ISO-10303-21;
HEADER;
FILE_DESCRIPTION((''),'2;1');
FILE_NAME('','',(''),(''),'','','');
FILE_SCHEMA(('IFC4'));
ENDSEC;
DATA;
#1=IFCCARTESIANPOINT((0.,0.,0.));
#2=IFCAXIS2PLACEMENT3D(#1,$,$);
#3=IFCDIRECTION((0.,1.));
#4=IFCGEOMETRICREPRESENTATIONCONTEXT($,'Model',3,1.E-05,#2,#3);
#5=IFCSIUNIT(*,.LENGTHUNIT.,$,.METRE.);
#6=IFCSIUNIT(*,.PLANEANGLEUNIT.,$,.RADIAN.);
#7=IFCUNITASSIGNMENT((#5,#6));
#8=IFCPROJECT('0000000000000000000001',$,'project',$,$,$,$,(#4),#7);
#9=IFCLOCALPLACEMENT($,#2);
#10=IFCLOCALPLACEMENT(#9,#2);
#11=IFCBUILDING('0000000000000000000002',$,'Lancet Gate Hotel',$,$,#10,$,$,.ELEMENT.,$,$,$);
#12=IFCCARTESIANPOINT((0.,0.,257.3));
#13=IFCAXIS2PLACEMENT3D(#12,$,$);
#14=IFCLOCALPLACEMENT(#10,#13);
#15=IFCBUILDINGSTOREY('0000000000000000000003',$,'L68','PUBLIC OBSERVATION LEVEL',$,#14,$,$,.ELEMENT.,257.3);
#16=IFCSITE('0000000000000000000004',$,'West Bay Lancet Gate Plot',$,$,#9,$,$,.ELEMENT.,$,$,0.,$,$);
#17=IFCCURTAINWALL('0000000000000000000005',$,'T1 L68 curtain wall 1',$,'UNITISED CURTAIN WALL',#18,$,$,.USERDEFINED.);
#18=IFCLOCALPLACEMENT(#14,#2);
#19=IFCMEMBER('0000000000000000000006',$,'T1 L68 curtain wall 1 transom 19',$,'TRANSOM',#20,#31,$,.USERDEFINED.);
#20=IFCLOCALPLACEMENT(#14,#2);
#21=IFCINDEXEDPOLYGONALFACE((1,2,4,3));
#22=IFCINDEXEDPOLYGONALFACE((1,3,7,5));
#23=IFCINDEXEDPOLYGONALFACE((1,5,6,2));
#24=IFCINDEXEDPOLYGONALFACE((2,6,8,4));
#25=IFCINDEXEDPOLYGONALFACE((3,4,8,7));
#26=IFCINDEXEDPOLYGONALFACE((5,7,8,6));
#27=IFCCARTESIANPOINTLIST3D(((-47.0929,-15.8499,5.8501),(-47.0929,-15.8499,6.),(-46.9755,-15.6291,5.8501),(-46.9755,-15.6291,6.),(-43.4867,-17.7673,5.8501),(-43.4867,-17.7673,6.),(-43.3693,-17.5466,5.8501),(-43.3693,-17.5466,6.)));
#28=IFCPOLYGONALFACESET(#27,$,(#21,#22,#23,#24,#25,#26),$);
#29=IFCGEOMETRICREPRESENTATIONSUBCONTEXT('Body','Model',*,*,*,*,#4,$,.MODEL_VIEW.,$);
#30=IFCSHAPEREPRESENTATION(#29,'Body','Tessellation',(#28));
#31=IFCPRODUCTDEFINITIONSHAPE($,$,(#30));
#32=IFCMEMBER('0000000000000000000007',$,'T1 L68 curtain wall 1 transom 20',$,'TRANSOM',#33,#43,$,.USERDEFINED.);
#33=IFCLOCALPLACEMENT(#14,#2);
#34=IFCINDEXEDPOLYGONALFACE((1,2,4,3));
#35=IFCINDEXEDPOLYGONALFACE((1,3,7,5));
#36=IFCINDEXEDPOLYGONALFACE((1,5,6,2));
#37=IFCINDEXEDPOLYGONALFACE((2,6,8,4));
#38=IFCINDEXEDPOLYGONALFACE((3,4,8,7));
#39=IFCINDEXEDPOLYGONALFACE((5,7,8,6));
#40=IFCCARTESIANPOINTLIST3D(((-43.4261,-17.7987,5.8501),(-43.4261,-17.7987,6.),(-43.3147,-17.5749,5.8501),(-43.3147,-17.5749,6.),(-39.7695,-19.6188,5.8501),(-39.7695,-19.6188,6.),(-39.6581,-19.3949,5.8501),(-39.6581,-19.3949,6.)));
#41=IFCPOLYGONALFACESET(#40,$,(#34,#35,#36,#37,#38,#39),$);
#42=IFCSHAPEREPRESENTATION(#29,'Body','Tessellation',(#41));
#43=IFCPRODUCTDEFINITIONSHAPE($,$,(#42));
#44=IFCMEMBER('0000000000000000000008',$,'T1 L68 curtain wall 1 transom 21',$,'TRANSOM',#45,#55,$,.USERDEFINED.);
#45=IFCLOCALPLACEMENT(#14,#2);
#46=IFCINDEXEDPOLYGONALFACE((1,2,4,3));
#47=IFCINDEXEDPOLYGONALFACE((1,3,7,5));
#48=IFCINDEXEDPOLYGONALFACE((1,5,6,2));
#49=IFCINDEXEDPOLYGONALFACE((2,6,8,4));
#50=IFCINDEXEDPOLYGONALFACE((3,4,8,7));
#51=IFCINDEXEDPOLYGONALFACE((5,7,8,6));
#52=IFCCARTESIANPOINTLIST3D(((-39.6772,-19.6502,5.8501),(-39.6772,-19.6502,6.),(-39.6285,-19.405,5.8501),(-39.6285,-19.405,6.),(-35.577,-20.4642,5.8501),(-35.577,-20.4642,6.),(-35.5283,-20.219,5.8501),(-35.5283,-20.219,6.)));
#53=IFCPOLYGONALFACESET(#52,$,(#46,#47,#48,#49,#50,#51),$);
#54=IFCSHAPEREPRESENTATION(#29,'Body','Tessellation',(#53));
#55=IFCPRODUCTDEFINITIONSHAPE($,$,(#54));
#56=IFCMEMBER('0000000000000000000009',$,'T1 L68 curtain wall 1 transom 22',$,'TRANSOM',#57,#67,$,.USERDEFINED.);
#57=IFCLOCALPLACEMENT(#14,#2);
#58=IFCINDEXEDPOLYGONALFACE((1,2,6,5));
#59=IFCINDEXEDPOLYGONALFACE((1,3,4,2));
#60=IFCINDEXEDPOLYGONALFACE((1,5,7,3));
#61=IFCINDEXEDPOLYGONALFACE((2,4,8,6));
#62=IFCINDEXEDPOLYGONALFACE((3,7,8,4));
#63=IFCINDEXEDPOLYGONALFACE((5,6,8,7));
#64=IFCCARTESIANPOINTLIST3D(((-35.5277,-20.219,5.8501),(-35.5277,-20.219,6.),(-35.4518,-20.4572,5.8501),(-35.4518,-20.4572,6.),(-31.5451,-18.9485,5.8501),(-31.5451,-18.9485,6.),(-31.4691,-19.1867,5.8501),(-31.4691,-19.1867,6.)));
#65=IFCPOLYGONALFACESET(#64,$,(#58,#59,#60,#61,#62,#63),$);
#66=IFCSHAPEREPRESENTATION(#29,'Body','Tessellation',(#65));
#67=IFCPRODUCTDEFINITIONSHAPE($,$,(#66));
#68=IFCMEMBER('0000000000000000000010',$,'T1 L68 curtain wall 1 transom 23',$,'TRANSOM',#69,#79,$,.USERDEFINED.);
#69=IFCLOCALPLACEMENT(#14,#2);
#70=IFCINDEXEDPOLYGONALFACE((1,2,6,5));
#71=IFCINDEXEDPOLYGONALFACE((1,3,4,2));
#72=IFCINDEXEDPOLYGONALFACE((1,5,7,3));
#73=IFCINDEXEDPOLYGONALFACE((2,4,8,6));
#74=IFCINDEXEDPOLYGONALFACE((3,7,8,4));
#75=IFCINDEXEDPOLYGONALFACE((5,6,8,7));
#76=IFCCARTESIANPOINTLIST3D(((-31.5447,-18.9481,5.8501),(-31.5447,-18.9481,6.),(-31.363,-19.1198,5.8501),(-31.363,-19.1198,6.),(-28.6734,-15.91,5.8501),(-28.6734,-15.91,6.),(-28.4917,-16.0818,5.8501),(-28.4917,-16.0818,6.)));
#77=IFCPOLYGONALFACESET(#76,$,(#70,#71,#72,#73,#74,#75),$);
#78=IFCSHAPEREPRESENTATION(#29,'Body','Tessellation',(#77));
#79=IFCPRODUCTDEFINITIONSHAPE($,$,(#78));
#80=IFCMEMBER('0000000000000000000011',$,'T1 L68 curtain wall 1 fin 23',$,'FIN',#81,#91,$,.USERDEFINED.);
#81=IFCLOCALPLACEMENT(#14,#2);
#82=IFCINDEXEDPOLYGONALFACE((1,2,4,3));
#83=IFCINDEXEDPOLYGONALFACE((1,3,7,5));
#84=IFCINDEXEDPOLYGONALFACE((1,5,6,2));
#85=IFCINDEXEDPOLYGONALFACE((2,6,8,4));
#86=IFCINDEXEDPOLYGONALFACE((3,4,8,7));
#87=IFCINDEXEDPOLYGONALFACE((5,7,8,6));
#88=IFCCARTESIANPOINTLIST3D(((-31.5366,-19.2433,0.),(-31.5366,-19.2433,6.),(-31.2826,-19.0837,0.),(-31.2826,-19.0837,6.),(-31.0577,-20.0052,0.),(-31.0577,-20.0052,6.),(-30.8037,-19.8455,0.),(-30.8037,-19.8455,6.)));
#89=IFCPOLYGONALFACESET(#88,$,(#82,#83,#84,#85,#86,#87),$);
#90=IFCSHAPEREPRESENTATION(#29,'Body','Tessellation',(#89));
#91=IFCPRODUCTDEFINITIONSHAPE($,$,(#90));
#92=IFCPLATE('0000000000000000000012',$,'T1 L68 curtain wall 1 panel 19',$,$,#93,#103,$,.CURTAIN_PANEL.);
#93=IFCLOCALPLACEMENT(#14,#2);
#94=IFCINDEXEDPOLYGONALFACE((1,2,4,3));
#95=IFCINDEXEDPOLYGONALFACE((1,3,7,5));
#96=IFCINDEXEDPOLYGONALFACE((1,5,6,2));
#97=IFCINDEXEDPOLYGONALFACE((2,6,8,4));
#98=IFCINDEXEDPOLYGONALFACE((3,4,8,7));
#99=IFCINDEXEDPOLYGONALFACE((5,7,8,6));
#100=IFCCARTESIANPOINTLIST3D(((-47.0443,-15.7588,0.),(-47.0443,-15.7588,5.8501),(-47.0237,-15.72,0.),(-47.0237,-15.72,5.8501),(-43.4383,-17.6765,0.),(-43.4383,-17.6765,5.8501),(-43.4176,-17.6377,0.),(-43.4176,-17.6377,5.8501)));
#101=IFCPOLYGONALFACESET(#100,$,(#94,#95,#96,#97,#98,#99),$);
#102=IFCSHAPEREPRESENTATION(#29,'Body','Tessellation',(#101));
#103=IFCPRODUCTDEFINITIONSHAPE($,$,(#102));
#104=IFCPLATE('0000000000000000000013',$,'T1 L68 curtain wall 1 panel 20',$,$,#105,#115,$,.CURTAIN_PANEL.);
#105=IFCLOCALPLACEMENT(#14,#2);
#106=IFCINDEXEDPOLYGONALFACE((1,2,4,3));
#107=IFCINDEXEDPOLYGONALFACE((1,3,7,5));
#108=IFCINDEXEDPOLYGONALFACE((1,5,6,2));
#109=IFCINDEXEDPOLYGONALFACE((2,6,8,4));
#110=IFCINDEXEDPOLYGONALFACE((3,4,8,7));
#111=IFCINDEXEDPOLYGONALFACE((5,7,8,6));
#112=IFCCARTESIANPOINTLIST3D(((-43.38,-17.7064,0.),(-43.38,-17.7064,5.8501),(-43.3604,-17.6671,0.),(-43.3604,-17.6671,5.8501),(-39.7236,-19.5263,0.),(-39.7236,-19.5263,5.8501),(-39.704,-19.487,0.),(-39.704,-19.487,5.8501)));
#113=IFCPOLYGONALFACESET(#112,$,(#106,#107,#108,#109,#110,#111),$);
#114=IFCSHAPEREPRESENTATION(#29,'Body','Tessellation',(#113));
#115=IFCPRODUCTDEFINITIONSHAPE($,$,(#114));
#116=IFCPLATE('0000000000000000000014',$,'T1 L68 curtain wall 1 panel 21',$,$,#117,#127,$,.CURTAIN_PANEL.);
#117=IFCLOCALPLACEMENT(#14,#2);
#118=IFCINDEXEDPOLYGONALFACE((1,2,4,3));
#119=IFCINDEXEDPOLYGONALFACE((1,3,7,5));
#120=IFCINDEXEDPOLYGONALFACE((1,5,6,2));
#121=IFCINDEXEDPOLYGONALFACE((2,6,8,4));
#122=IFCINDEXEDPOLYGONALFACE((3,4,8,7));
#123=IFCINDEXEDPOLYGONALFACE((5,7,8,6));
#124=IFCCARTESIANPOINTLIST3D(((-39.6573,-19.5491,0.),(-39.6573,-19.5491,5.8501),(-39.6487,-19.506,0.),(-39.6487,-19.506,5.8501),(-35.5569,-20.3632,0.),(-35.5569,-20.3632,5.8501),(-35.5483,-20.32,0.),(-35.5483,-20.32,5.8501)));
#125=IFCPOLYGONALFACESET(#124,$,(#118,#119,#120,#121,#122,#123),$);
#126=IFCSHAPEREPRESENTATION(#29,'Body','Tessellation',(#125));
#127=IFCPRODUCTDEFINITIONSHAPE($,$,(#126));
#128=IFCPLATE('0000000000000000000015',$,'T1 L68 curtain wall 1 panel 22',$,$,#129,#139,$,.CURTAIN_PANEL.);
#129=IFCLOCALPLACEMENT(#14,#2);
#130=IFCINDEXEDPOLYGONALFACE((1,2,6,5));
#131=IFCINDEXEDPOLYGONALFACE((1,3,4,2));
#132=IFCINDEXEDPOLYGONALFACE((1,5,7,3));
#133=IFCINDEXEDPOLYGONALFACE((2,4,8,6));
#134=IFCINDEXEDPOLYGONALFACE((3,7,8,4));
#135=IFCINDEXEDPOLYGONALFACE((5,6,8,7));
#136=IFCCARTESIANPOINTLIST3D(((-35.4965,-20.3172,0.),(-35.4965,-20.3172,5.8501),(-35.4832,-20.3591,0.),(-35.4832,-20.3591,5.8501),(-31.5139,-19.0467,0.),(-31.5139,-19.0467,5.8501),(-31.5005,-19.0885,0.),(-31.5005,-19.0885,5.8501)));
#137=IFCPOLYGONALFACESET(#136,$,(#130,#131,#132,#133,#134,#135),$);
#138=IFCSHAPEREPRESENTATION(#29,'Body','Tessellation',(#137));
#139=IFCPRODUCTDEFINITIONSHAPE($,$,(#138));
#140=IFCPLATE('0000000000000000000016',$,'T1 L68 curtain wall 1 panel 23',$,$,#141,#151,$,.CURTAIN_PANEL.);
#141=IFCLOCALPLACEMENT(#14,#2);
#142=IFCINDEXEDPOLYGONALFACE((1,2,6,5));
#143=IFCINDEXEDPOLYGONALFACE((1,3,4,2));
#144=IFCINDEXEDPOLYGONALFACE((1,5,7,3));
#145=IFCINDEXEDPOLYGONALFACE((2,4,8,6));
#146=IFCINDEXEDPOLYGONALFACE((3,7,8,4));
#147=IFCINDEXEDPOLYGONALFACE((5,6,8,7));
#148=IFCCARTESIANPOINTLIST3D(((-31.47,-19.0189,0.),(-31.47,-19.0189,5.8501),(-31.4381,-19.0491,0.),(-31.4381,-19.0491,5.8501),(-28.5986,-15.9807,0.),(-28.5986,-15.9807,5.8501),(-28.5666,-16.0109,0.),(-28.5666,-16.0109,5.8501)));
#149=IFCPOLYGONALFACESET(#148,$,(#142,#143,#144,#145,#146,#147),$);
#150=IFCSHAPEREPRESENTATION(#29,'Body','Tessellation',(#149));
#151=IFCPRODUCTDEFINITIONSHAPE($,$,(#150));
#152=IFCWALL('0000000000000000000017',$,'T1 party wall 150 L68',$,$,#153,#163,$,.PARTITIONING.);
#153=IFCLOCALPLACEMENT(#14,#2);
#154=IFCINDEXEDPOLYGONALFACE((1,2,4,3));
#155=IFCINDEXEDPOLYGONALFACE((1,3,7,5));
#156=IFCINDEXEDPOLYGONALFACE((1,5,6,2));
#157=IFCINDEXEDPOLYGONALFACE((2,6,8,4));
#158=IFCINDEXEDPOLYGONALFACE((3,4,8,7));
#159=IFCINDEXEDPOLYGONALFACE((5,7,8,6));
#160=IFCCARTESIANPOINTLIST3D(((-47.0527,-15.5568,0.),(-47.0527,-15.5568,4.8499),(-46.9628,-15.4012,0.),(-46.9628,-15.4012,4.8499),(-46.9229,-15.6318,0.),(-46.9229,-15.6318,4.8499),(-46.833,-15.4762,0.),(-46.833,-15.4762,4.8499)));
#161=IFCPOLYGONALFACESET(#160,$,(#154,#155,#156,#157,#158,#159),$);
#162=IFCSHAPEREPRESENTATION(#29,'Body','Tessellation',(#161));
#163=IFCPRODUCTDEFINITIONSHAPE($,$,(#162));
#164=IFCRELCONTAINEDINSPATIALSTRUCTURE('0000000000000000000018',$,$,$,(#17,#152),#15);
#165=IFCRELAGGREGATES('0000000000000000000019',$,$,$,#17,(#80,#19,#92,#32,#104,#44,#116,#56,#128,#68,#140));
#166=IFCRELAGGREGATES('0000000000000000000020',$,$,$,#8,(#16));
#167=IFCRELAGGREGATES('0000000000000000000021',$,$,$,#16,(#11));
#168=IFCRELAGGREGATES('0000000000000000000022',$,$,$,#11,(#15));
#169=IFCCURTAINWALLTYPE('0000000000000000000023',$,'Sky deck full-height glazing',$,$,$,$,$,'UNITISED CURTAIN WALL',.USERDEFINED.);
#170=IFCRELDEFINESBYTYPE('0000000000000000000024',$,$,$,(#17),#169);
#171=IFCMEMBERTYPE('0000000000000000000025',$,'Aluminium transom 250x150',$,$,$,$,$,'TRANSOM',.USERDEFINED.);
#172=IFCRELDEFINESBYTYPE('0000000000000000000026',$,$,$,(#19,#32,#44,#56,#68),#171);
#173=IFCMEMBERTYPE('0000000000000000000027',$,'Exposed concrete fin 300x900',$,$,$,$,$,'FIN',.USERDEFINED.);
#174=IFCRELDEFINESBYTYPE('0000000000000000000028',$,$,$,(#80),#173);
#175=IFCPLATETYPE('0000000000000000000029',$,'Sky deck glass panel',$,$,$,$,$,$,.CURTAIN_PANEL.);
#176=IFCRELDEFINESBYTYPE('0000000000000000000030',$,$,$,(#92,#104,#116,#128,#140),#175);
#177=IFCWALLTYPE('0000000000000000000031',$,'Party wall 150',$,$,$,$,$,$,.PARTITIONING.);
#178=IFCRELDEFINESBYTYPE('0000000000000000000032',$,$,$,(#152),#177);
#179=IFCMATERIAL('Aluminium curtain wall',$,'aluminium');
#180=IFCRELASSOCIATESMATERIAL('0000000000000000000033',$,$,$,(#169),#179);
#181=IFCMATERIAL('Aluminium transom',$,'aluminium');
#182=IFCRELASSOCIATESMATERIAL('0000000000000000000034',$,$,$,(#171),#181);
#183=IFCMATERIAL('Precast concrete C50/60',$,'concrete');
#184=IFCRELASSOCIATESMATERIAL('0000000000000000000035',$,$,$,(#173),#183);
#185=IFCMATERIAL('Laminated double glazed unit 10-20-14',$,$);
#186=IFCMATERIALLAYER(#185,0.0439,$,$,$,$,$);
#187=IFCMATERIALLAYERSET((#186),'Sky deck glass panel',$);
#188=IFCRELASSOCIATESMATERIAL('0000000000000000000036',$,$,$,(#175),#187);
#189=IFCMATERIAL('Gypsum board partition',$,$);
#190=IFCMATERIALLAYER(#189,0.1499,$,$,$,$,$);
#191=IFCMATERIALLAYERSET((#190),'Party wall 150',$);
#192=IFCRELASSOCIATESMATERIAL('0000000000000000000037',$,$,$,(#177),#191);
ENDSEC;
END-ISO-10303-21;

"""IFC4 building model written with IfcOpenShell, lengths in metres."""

from ifc_helpers import new_model, si_unit, direction, frame, frame_2d, origin, origin_2d, place, context, subcontext, project, spatial, rectangle, extrude, material, layer, layer_set, material_profile, profile_set, type_object, element, aggregate, save


model = new_model("IFC4")

# Units and contexts
model_context = context("Model", 3, precision=1e-05, world=origin(), true_north=direction((0.0, 1.0)))
body_context = subcontext(model_context, "Body", "Model", "MODEL_VIEW")
ifc_project = project(units=[si_unit("LENGTHUNIT", "METRE"), si_unit("PLANEANGLEUNIT", "RADIAN")], contexts=[model_context])

# Site, building, storey
site_placement = place(None, origin())
site = spatial("IfcSite", under=ifc_project, at=site_placement, Name="West Bay Lancet Gate Plot", CompositionType="ELEMENT", RefElevation=0.0)
building_placement = place(site_placement, origin())
building = spatial("IfcBuilding", under=site, at=building_placement, Name="Lancet Gate Hotel", CompositionType="ELEMENT")
storey_placement = place(building_placement, frame((0.0, 0.0, 257.3)))
storey = spatial("IfcBuildingStorey", under=building, at=storey_placement, Name="L68", Description="PUBLIC OBSERVATION LEVEL", CompositionType="ELEMENT", Elevation=257.3)

# Curtain wall, members, plates
ifc_material_1 = material(Name="Aluminium curtain wall", Category="aluminium")
curtain_wall_type = type_object("IfcCurtainWallType", Name="Sky deck full-height glazing", ElementType="UNITISED CURTAIN WALL", PredefinedType="USERDEFINED", material=ifc_material_1)
curtain_wall_placement = place(storey_placement, origin())
curtain_wall = element("IfcCurtainWall", 1, at=curtain_wall_placement, inside=storey, type_object=curtain_wall_type, Name="T1 L68 curtain wall 1", ObjectType="UNITISED CURTAIN WALL", PredefinedType="USERDEFINED")
ifc_material_2 = material(Name="Aluminium transom", Category="aluminium")
ifc_material_profile_1 = material_profile(ifc_material_2, rectangle(XDim=0.25, YDim=0.1499, at=origin_2d()), Name="TRANSOM 250x150")
ifc_profile_set_1 = profile_set([ifc_material_profile_1], Name="Aluminium transom")
member_type_1 = type_object("IfcMemberType", Name="Aluminium transom 250x150", ElementType="TRANSOM", PredefinedType="USERDEFINED", material=ifc_profile_set_1)
member_1_placement = place(storey_placement, frame((-47.0342, -15.7395, 5.925), z_axis=(0.882945, -0.469477, 0.0), x_axis=(0.469477, 0.882945, 0.0)))
member_1 = element("IfcMember", 2, at=member_1_placement, type_object=member_type_1, Name="T1 L68 curtain wall 1 transom 19", ObjectType="TRANSOM", PredefinedType="USERDEFINED", context=body_context, shape_type="SweptSolid", body=[
    extrude(rectangle(XDim=0.25, YDim=0.1499, at=origin_2d()), origin(), (0.0, 0.0, 1.0), 4.0842),
])
member_2_placement = place(storey_placement, frame((-43.3704, -17.6868, 5.925), z_axis=(0.895227, -0.445611, 0.0), x_axis=(0.445611, 0.895227, 0.0)))
member_2 = element("IfcMember", 3, at=member_2_placement, type_object=member_type_1, Name="T1 L68 curtain wall 1 transom 20", ObjectType="TRANSOM", PredefinedType="USERDEFINED", context=body_context, shape_type="SweptSolid", body=[
    extrude(rectangle(XDim=0.25, YDim=0.1499, at=origin_2d()), origin(), (0.0, 0.0, 1.0), 4.0845),
])
member_3_placement = place(storey_placement, frame((-39.6528, -19.5276, 5.925), z_axis=(0.980858, -0.194723, 0.0), x_axis=(0.194723, 0.980858, 0.0)))
member_3 = element("IfcMember", 4, at=member_3_placement, type_object=member_type_1, Name="T1 L68 curtain wall 1 transom 21", ObjectType="TRANSOM", PredefinedType="USERDEFINED", context=body_context, shape_type="SweptSolid", body=[
    extrude(rectangle(XDim=0.25, YDim=0.1499, at=origin_2d()), origin(), (0.0, 0.0, 1.0), 4.1802),
])
member_4_placement = place(storey_placement, frame((-35.4897, -20.3381, 5.925), z_axis=(0.952698, 0.30392, 0.0), x_axis=(-0.30392, 0.952698, 0.0)))
member_4 = element("IfcMember", 5, at=member_4_placement, type_object=member_type_1, Name="T1 L68 curtain wall 1 transom 22", ObjectType="TRANSOM", PredefinedType="USERDEFINED", context=body_context, shape_type="SweptSolid", body=[
    extrude(rectangle(XDim=0.25, YDim=0.1499, at=origin_2d()), origin(), (0.0, 0.0, 1.0), 4.1804),
])
member_5_placement = place(storey_placement, frame((-31.4539, -19.0339, 5.925), z_axis=(0.686881, 0.72677, 0.0), x_axis=(-0.72677, 0.686881, 0.0)))
member_5 = element("IfcMember", 6, at=member_5_placement, type_object=member_type_1, Name="T1 L68 curtain wall 1 transom 23", ObjectType="TRANSOM", PredefinedType="USERDEFINED", context=body_context, shape_type="SweptSolid", body=[
    extrude(rectangle(XDim=0.25, YDim=0.1499, at=origin_2d()), origin(), (0.0, 0.0, 1.0), 4.1802),
])
ifc_material_3 = material(Name="Precast concrete C50/60", Category="concrete")
ifc_material_profile_2 = material_profile(ifc_material_3, rectangle(XDim=0.3, YDim=0.8999, at=origin_2d()), Name="FIN 300x900")
ifc_profile_set_2 = profile_set([ifc_material_profile_2], Name="Precast concrete C50/60")
member_type_2 = type_object("IfcMemberType", Name="Exposed concrete fin 300x900", ElementType="FIN", PredefinedType="USERDEFINED", material=ifc_profile_set_2)
member_6_placement = place(storey_placement, frame((-31.1702, -19.5444, 0.0), z_axis=(0.0, 0.0, 1.0), x_axis=(0.846613, 0.532209, 0.0)))
member_6 = element("IfcMember", 7, at=member_6_placement, type_object=member_type_2, Name="T1 L68 curtain wall 1 fin 23", ObjectType="FIN", PredefinedType="USERDEFINED", context=body_context, shape_type="SweptSolid", body=[
    extrude(rectangle(XDim=0.3, YDim=0.8999, at=origin_2d()), origin(), (0.0, 0.0, 1.0), 6.0),
])
ifc_material_4 = material(Name="Laminated double glazed unit 10-20-14")
ifc_layer_1 = layer(ifc_material_4, 0.0439)
ifc_layer_set_1 = layer_set([ifc_layer_1], Name="Sky deck glass panel")
plate_type = type_object("IfcPlateType", Name="Sky deck glass panel", PredefinedType="CURTAIN_PANEL", material=ifc_layer_set_1)
plate_1_placement = place(storey_placement, frame((-45.231, -16.6982, 0.0), z_axis=(0.0, 0.0, 1.0), x_axis=(0.882916, -0.469531, 0.0)))
plate_1 = element("IfcPlate", 8, at=plate_1_placement, type_object=plate_type, Name="T1 L68 curtain wall 1 panel 19", PredefinedType="CURTAIN_PANEL", context=body_context, shape_type="SweptSolid", body=[
    extrude(rectangle(XDim=4.0842, YDim=0.0439, at=origin_2d()), origin(), (0.0, 0.0, 1.0), 5.8501),
])
plate_2_placement = place(storey_placement, frame((-41.542, -18.5967, 0.0), z_axis=(0.0, 0.0, 1.0), x_axis=(0.895234, -0.445596, 0.0)))
plate_2 = element("IfcPlate", 9, at=plate_2_placement, type_object=plate_type, Name="T1 L68 curtain wall 1 panel 20", PredefinedType="CURTAIN_PANEL", context=body_context, shape_type="SweptSolid", body=[
    extrude(rectangle(XDim=4.0842, YDim=0.0439, at=origin_2d()), origin(), (0.0, 0.0, 1.0), 5.8501),
])
plate_3_placement = place(storey_placement, frame((-37.6028, -19.9346, 0.0), z_axis=(0.0, 0.0, 1.0), x_axis=(0.980857, -0.194731, 0.0)))
plate_3 = element("IfcPlate", 10, at=plate_3_placement, type_object=plate_type, Name="T1 L68 curtain wall 1 panel 21", PredefinedType="CURTAIN_PANEL", context=body_context, shape_type="SweptSolid", body=[
    extrude(rectangle(XDim=4.1804, YDim=0.0439, at=origin_2d()), origin(), (0.0, 0.0, 1.0), 5.8501),
])
plate_4_placement = place(storey_placement, frame((-33.4985, -19.7029, 0.0), z_axis=(0.0, 0.0, 1.0), x_axis=(0.952696, 0.303926, 0.0)))
plate_4 = element("IfcPlate", 11, at=plate_4_placement, type_object=plate_type, Name="T1 L68 curtain wall 1 panel 22", PredefinedType="CURTAIN_PANEL", context=body_context, shape_type="SweptSolid", body=[
    extrude(rectangle(XDim=4.1804, YDim=0.0439, at=origin_2d()), origin(), (0.0, 0.0, 1.0), 5.8501),
])
plate_5_placement = place(storey_placement, frame((-30.0183, -17.5149, 0.0), z_axis=(0.0, 0.0, 1.0), x_axis=(0.686883, 0.726768, 0.0)))
plate_5 = element("IfcPlate", 12, at=plate_5_placement, type_object=plate_type, Name="T1 L68 curtain wall 1 panel 23", PredefinedType="CURTAIN_PANEL", context=body_context, shape_type="SweptSolid", body=[
    extrude(rectangle(XDim=4.1804, YDim=0.0439, at=origin_2d()), origin(), (0.0, 0.0, 1.0), 5.8501),
])
aggregate(curtain_wall, [member_6, member_1, plate_1, member_2, plate_2, member_3, plate_3, member_4, plate_4, member_5, plate_5])

# Wall
ifc_material_5 = material(Name="Gypsum board partition")
ifc_layer_2 = layer(ifc_material_5, 0.1499)
ifc_layer_set_2 = layer_set([ifc_layer_2], Name="Party wall 150")
wall_type = type_object("IfcWallType", Name="Party wall 150", PredefinedType="PARTITIONING", material=ifc_layer_set_2)
wall_placement = place(storey_placement, frame((-46.8979, -15.4387, 0.0), z_axis=(0.0, 0.0, 1.0), x_axis=(-0.500232, -0.865891, 0.0)))
element("IfcWall", 13, at=wall_placement, inside=storey, type_object=wall_type, Name="T1 party wall 150 L68", PredefinedType="PARTITIONING", context=body_context, shape_type="SweptSolid", body=[
    extrude(rectangle(XDim=0.1797, YDim=0.1499, at=frame_2d((0.0898, 0.0))), origin(), (0.0, 0.0, 1.0), 4.8499),
])

save(model, "model.ifc")
